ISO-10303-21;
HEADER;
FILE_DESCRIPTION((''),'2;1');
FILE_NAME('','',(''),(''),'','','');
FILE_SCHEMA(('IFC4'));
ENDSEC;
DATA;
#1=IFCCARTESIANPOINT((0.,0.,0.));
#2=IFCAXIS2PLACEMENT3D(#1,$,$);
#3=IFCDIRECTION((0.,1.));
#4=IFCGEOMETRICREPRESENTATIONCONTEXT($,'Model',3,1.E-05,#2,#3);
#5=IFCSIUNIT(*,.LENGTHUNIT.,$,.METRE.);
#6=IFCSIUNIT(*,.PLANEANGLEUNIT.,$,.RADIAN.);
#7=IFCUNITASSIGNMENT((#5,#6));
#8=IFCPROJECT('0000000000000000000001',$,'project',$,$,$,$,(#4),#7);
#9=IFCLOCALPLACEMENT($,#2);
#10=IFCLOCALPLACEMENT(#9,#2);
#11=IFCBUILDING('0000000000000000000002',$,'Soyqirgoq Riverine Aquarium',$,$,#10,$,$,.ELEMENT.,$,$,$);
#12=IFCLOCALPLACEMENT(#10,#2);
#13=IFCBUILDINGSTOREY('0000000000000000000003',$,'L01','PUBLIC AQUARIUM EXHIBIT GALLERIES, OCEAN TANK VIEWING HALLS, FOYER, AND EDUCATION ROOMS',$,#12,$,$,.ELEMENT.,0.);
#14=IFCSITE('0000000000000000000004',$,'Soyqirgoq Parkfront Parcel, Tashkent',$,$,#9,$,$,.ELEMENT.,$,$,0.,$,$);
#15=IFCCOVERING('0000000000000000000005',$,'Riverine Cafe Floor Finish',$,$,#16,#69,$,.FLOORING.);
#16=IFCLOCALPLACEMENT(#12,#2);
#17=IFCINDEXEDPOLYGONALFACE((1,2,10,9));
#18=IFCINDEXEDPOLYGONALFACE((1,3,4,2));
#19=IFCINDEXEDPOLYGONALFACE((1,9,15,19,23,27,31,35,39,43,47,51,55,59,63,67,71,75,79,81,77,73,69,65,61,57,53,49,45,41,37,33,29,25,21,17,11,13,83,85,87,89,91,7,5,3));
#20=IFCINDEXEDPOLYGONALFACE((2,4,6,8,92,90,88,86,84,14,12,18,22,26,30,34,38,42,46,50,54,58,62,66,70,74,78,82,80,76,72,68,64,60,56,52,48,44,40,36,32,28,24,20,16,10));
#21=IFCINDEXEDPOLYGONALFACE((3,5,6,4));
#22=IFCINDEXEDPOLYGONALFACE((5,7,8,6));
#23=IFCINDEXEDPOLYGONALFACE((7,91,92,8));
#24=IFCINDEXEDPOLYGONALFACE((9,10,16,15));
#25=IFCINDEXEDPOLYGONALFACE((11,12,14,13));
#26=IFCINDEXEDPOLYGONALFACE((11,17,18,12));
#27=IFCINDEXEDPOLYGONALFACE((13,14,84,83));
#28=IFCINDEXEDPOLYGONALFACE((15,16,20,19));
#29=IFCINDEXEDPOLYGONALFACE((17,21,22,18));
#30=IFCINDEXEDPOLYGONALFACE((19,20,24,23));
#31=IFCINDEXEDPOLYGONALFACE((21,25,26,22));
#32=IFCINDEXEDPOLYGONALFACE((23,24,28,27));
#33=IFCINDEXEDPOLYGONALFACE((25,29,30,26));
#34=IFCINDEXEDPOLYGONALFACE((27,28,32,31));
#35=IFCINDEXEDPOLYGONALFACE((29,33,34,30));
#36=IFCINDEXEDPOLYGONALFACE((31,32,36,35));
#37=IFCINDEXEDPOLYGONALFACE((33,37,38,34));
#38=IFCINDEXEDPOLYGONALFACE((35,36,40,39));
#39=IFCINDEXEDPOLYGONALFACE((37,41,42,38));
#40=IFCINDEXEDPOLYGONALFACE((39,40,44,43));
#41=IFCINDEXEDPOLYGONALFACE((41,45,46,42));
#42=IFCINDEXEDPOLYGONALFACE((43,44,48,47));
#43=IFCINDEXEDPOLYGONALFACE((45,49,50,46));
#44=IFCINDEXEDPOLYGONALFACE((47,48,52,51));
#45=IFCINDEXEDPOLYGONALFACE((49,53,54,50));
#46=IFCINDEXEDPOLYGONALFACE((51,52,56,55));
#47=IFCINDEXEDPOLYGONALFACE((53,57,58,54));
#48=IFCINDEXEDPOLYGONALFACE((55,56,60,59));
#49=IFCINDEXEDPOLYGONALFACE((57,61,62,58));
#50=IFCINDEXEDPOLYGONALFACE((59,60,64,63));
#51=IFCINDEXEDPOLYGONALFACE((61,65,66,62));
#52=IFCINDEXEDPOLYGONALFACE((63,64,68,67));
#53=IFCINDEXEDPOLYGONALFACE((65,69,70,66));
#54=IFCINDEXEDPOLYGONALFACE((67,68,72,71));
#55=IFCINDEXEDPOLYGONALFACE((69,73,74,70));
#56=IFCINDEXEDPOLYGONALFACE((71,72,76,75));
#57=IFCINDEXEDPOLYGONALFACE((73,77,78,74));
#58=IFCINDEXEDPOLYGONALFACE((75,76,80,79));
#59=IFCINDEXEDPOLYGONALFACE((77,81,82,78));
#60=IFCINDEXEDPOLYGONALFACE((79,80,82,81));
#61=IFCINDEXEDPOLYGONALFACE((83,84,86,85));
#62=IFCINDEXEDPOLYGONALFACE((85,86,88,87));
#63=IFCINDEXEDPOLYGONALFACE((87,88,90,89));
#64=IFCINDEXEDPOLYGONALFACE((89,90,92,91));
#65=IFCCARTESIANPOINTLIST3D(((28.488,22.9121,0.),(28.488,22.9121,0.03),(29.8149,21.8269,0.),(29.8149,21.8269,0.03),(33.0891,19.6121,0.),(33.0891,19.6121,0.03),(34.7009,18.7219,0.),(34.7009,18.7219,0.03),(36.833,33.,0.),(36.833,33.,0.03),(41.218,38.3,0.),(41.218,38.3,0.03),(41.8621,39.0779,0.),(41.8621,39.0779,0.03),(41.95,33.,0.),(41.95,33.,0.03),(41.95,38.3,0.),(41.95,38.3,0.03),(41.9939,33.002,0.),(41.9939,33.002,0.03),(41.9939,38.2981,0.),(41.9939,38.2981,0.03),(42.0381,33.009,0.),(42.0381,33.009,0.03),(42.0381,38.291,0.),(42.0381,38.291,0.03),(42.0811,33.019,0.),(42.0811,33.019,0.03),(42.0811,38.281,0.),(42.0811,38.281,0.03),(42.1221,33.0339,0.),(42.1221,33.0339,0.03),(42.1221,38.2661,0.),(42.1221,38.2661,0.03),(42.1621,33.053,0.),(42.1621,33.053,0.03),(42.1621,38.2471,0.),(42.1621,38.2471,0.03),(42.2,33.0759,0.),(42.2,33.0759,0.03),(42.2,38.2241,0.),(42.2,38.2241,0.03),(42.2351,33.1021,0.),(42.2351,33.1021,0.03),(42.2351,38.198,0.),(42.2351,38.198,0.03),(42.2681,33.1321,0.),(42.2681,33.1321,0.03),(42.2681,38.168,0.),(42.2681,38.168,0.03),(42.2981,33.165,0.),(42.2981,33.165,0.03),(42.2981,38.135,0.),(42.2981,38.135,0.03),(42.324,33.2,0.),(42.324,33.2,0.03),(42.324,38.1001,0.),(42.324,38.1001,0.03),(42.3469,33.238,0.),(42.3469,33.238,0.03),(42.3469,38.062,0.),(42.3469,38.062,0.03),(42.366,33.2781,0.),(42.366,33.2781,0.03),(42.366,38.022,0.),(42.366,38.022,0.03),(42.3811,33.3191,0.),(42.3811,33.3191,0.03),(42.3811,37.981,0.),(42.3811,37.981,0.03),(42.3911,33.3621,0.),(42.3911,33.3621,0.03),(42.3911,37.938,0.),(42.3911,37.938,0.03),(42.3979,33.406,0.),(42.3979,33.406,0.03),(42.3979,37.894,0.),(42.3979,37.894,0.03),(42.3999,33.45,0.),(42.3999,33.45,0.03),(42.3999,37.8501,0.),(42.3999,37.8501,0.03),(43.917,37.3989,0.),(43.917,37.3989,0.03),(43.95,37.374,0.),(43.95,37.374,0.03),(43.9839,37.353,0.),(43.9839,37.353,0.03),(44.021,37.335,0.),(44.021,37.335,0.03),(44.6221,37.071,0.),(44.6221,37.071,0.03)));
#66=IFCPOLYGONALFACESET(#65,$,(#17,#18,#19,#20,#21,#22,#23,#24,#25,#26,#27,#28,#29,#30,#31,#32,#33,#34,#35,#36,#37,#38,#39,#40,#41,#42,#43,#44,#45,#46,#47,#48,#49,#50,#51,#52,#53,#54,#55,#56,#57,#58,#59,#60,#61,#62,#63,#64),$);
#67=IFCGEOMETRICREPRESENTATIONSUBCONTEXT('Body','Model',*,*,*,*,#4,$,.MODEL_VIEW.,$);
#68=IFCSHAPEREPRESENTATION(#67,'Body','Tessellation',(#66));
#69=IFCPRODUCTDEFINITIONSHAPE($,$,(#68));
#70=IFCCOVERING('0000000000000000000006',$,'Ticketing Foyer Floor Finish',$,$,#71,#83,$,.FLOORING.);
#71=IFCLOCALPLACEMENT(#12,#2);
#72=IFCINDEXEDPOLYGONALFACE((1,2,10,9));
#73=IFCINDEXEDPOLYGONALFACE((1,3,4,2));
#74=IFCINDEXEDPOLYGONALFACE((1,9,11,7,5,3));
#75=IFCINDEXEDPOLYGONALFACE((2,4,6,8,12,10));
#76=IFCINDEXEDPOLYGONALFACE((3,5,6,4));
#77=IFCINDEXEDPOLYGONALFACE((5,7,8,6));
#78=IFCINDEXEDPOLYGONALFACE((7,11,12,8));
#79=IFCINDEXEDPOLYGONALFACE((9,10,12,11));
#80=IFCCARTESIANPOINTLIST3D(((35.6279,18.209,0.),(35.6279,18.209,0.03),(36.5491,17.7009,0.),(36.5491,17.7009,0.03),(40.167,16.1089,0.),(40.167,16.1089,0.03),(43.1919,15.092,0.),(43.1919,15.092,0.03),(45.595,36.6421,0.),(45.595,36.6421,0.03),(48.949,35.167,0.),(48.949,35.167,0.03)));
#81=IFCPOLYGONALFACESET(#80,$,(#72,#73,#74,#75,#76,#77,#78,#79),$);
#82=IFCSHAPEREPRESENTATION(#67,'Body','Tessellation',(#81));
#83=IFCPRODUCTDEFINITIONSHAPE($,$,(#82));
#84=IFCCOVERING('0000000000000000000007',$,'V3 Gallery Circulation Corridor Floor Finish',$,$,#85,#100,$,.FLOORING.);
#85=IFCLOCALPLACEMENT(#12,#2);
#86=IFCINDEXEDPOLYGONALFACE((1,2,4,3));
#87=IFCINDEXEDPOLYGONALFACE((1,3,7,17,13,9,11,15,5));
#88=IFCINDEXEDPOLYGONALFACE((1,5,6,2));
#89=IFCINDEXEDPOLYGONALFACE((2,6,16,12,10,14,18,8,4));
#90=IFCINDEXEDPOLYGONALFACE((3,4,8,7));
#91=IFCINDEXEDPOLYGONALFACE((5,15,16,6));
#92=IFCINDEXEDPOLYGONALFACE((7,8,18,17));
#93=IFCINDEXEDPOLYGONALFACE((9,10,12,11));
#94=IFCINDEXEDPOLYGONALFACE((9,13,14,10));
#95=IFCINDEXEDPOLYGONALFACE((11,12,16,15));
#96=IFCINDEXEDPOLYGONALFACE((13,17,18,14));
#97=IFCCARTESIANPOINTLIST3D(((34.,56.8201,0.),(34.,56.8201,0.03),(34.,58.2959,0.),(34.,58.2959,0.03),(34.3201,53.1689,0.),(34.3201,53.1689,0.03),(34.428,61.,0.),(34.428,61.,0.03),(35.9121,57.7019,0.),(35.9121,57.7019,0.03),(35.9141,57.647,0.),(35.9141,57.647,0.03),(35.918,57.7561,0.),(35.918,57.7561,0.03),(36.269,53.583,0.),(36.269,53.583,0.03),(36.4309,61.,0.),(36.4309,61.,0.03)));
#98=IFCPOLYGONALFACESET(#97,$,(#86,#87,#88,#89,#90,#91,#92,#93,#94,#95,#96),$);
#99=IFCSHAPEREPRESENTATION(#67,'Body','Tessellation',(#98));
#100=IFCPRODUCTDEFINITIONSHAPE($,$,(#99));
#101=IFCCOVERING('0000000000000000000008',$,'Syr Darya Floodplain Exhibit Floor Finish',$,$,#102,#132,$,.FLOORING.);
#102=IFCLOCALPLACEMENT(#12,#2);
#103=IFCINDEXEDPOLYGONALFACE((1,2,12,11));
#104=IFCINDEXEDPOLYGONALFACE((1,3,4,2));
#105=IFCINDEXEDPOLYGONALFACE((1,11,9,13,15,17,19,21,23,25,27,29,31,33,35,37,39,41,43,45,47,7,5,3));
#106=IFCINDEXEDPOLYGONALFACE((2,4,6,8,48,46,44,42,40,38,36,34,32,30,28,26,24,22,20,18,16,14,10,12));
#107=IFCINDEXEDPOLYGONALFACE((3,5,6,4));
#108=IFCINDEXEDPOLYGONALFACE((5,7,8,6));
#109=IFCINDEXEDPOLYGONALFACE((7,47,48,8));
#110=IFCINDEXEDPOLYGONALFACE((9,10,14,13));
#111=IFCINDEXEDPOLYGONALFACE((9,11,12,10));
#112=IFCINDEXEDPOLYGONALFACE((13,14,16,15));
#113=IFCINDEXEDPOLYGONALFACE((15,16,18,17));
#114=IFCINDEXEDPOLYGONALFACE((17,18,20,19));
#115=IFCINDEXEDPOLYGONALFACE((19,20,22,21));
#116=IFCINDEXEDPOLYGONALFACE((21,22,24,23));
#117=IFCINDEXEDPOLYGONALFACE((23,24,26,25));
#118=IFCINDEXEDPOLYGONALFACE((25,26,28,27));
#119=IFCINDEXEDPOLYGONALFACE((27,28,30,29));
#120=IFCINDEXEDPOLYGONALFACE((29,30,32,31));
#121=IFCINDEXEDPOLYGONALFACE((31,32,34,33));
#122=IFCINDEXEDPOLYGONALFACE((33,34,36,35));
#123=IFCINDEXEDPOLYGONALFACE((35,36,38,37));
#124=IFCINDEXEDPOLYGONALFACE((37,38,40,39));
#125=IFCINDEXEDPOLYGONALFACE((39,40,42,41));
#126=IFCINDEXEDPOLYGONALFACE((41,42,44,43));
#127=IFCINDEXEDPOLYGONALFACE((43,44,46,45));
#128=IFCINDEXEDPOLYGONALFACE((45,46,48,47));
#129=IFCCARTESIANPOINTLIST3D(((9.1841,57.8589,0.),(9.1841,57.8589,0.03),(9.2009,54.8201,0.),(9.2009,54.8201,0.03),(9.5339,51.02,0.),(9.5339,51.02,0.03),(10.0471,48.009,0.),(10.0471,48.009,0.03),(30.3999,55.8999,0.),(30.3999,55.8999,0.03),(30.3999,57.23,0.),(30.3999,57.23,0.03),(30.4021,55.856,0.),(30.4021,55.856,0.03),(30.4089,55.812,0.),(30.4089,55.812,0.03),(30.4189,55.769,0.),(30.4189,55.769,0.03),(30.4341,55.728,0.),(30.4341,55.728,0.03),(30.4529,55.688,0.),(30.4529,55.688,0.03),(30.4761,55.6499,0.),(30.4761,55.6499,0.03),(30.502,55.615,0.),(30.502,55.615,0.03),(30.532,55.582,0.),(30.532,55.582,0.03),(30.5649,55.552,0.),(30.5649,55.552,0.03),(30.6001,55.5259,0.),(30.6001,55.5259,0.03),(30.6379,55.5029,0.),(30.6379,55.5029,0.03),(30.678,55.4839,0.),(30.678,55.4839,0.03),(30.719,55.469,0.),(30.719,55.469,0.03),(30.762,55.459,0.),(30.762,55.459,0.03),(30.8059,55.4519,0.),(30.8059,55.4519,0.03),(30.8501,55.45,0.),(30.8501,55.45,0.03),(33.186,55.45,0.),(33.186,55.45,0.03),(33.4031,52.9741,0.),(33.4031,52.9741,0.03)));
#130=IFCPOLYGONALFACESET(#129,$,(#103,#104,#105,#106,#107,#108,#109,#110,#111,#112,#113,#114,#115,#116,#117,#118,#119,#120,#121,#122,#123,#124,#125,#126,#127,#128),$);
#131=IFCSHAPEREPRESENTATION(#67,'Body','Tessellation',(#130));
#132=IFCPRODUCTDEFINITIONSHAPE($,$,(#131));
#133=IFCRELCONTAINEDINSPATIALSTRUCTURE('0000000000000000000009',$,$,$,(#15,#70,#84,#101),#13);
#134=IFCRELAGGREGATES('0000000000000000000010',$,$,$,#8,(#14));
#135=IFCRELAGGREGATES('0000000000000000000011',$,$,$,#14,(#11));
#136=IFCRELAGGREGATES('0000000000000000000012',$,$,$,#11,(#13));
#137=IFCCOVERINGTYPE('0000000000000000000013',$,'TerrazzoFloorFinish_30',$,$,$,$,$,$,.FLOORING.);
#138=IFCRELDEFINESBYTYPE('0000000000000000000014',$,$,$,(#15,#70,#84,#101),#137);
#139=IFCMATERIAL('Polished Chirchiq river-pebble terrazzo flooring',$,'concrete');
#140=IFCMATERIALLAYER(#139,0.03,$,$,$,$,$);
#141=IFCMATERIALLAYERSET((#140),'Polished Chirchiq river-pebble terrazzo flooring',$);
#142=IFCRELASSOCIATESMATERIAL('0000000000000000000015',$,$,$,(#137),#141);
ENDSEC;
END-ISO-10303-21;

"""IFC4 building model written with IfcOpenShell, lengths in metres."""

from ifc_helpers import new_model, si_unit, direction, origin, place, context, subcontext, project, spatial, polyline, outline, extrude, material, layer, layer_set, type_object, element, save


model = new_model("IFC4")

# Units and contexts
model_context = context("Model", 3, precision=1e-05, world=origin(), true_north=direction((0.0, 1.0)))
body_context = subcontext(model_context, "Body", "Model", "MODEL_VIEW")
ifc_project = project(units=[si_unit("LENGTHUNIT", "METRE"), si_unit("PLANEANGLEUNIT", "RADIAN")], contexts=[model_context])

# Site, building, storey
site_placement = place(None, origin())
site = spatial("IfcSite", under=ifc_project, at=site_placement, Name="Soyqirgoq Parkfront Parcel, Tashkent", CompositionType="ELEMENT", RefElevation=0.0)
building_placement = place(site_placement, origin())
building = spatial("IfcBuilding", under=site, at=building_placement, Name="Soyqirgoq Riverine Aquarium", CompositionType="ELEMENT")
storey_placement = place(building_placement, origin())
storey = spatial("IfcBuildingStorey", under=building, at=storey_placement, Name="L01", Description="PUBLIC AQUARIUM EXHIBIT GALLERIES, OCEAN TANK VIEWING HALLS, FOYER, AND EDUCATION ROOMS", CompositionType="ELEMENT", Elevation=0.0)

# Coverings
ifc_material_1 = material(Name="Polished Chirchiq river-pebble terrazzo flooring", Category="concrete")
ifc_layer_1 = layer(ifc_material_1, 0.03)
ifc_layer_set_1 = layer_set([ifc_layer_1], Name="Polished Chirchiq river-pebble terrazzo flooring")
covering_type_1 = type_object("IfcCoveringType", Name="TerrazzoFloorFinish_30", PredefinedType="FLOORING", material=ifc_layer_set_1)
covering_1_placement = place(storey_placement, origin())
element("IfcCovering", 1, at=covering_1_placement, inside=storey, type_object=covering_type_1, Name="Riverine Cafe Floor Finish", PredefinedType="FLOORING", context=body_context, shape_type="SweptSolid", body=[
    extrude(outline(polyline([(33.0891, 19.6121), (29.8149, 21.8269), (28.488, 22.9121), (36.833, 33.0), (41.95, 33.0), (41.9939, 33.002), (42.0381, 33.009), (42.0811, 33.019), (42.1221, 33.0339), (42.1621, 33.053), (42.2, 33.0759), (42.2351, 33.1021), (42.2681, 33.1321), (42.2981, 33.165), (42.324, 33.2), (42.3469, 33.238), (42.366, 33.2781), (42.3811, 33.3191), (42.3911, 33.3621), (42.3979, 33.406), (42.3999, 33.45), (42.3999, 37.8501), (42.3979, 37.894), (42.3911, 37.938), (42.3811, 37.981), (42.366, 38.022), (42.3469, 38.062), (42.324, 38.1001), (42.2981, 38.135), (42.2681, 38.168), (42.2351, 38.198), (42.2, 38.2241), (42.1621, 38.2471), (42.1221, 38.2661), (42.0811, 38.281), (42.0381, 38.291), (41.9939, 38.2981), (41.95, 38.3), (41.218, 38.3), (41.8621, 39.0779), (43.917, 37.3989), (43.95, 37.374), (43.9839, 37.353), (44.021, 37.335), (44.6221, 37.071), (34.7009, 18.7219), (33.0891, 19.6121)])), origin(), (0.0, 0.0, 1.0), 0.03),
])
covering_2_placement = place(storey_placement, origin())
element("IfcCovering", 2, at=covering_2_placement, inside=storey, type_object=covering_type_1, Name="Ticketing Foyer Floor Finish", PredefinedType="FLOORING", context=body_context, shape_type="SweptSolid", body=[
    extrude(outline(polyline([(40.167, 16.1089), (36.5491, 17.7009), (35.6279, 18.209), (45.595, 36.6421), (48.949, 35.167), (43.1919, 15.092), (40.167, 16.1089)])), origin(), (0.0, 0.0, 1.0), 0.03),
])
covering_3_placement = place(storey_placement, origin())
element("IfcCovering", 3, at=covering_3_placement, inside=storey, type_object=covering_type_1, Name="V3 Gallery Circulation Corridor Floor Finish", PredefinedType="FLOORING", context=body_context, shape_type="SweptSolid", body=[
    extrude(outline(polyline([(34.3201, 53.1689), (34.0, 56.8201), (34.0, 58.2959), (34.428, 61.0), (36.4309, 61.0), (35.918, 57.7561), (35.9121, 57.7019), (35.9141, 57.647), (36.269, 53.583), (34.3201, 53.1689)])), origin(), (0.0, 0.0, 1.0), 0.03),
])
covering_4_placement = place(storey_placement, origin())
element("IfcCovering", 4, at=covering_4_placement, inside=storey, type_object=covering_type_1, Name="Syr Darya Floodplain Exhibit Floor Finish", PredefinedType="FLOORING", context=body_context, shape_type="SweptSolid", body=[
    extrude(outline(polyline([(9.5339, 51.02), (9.2009, 54.8201), (9.1841, 57.8589), (30.3999, 57.23), (30.3999, 55.8999), (30.4021, 55.856), (30.4089, 55.812), (30.4189, 55.769), (30.4341, 55.728), (30.4529, 55.688), (30.4761, 55.6499), (30.502, 55.615), (30.532, 55.582), (30.5649, 55.552), (30.6001, 55.5259), (30.6379, 55.5029), (30.678, 55.4839), (30.719, 55.469), (30.762, 55.459), (30.8059, 55.4519), (30.8501, 55.45), (33.186, 55.45), (33.4031, 52.9741), (10.0471, 48.009), (9.5339, 51.02)])), origin(), (0.0, 0.0, 1.0), 0.03),
])

save(model, "model.ifc")
